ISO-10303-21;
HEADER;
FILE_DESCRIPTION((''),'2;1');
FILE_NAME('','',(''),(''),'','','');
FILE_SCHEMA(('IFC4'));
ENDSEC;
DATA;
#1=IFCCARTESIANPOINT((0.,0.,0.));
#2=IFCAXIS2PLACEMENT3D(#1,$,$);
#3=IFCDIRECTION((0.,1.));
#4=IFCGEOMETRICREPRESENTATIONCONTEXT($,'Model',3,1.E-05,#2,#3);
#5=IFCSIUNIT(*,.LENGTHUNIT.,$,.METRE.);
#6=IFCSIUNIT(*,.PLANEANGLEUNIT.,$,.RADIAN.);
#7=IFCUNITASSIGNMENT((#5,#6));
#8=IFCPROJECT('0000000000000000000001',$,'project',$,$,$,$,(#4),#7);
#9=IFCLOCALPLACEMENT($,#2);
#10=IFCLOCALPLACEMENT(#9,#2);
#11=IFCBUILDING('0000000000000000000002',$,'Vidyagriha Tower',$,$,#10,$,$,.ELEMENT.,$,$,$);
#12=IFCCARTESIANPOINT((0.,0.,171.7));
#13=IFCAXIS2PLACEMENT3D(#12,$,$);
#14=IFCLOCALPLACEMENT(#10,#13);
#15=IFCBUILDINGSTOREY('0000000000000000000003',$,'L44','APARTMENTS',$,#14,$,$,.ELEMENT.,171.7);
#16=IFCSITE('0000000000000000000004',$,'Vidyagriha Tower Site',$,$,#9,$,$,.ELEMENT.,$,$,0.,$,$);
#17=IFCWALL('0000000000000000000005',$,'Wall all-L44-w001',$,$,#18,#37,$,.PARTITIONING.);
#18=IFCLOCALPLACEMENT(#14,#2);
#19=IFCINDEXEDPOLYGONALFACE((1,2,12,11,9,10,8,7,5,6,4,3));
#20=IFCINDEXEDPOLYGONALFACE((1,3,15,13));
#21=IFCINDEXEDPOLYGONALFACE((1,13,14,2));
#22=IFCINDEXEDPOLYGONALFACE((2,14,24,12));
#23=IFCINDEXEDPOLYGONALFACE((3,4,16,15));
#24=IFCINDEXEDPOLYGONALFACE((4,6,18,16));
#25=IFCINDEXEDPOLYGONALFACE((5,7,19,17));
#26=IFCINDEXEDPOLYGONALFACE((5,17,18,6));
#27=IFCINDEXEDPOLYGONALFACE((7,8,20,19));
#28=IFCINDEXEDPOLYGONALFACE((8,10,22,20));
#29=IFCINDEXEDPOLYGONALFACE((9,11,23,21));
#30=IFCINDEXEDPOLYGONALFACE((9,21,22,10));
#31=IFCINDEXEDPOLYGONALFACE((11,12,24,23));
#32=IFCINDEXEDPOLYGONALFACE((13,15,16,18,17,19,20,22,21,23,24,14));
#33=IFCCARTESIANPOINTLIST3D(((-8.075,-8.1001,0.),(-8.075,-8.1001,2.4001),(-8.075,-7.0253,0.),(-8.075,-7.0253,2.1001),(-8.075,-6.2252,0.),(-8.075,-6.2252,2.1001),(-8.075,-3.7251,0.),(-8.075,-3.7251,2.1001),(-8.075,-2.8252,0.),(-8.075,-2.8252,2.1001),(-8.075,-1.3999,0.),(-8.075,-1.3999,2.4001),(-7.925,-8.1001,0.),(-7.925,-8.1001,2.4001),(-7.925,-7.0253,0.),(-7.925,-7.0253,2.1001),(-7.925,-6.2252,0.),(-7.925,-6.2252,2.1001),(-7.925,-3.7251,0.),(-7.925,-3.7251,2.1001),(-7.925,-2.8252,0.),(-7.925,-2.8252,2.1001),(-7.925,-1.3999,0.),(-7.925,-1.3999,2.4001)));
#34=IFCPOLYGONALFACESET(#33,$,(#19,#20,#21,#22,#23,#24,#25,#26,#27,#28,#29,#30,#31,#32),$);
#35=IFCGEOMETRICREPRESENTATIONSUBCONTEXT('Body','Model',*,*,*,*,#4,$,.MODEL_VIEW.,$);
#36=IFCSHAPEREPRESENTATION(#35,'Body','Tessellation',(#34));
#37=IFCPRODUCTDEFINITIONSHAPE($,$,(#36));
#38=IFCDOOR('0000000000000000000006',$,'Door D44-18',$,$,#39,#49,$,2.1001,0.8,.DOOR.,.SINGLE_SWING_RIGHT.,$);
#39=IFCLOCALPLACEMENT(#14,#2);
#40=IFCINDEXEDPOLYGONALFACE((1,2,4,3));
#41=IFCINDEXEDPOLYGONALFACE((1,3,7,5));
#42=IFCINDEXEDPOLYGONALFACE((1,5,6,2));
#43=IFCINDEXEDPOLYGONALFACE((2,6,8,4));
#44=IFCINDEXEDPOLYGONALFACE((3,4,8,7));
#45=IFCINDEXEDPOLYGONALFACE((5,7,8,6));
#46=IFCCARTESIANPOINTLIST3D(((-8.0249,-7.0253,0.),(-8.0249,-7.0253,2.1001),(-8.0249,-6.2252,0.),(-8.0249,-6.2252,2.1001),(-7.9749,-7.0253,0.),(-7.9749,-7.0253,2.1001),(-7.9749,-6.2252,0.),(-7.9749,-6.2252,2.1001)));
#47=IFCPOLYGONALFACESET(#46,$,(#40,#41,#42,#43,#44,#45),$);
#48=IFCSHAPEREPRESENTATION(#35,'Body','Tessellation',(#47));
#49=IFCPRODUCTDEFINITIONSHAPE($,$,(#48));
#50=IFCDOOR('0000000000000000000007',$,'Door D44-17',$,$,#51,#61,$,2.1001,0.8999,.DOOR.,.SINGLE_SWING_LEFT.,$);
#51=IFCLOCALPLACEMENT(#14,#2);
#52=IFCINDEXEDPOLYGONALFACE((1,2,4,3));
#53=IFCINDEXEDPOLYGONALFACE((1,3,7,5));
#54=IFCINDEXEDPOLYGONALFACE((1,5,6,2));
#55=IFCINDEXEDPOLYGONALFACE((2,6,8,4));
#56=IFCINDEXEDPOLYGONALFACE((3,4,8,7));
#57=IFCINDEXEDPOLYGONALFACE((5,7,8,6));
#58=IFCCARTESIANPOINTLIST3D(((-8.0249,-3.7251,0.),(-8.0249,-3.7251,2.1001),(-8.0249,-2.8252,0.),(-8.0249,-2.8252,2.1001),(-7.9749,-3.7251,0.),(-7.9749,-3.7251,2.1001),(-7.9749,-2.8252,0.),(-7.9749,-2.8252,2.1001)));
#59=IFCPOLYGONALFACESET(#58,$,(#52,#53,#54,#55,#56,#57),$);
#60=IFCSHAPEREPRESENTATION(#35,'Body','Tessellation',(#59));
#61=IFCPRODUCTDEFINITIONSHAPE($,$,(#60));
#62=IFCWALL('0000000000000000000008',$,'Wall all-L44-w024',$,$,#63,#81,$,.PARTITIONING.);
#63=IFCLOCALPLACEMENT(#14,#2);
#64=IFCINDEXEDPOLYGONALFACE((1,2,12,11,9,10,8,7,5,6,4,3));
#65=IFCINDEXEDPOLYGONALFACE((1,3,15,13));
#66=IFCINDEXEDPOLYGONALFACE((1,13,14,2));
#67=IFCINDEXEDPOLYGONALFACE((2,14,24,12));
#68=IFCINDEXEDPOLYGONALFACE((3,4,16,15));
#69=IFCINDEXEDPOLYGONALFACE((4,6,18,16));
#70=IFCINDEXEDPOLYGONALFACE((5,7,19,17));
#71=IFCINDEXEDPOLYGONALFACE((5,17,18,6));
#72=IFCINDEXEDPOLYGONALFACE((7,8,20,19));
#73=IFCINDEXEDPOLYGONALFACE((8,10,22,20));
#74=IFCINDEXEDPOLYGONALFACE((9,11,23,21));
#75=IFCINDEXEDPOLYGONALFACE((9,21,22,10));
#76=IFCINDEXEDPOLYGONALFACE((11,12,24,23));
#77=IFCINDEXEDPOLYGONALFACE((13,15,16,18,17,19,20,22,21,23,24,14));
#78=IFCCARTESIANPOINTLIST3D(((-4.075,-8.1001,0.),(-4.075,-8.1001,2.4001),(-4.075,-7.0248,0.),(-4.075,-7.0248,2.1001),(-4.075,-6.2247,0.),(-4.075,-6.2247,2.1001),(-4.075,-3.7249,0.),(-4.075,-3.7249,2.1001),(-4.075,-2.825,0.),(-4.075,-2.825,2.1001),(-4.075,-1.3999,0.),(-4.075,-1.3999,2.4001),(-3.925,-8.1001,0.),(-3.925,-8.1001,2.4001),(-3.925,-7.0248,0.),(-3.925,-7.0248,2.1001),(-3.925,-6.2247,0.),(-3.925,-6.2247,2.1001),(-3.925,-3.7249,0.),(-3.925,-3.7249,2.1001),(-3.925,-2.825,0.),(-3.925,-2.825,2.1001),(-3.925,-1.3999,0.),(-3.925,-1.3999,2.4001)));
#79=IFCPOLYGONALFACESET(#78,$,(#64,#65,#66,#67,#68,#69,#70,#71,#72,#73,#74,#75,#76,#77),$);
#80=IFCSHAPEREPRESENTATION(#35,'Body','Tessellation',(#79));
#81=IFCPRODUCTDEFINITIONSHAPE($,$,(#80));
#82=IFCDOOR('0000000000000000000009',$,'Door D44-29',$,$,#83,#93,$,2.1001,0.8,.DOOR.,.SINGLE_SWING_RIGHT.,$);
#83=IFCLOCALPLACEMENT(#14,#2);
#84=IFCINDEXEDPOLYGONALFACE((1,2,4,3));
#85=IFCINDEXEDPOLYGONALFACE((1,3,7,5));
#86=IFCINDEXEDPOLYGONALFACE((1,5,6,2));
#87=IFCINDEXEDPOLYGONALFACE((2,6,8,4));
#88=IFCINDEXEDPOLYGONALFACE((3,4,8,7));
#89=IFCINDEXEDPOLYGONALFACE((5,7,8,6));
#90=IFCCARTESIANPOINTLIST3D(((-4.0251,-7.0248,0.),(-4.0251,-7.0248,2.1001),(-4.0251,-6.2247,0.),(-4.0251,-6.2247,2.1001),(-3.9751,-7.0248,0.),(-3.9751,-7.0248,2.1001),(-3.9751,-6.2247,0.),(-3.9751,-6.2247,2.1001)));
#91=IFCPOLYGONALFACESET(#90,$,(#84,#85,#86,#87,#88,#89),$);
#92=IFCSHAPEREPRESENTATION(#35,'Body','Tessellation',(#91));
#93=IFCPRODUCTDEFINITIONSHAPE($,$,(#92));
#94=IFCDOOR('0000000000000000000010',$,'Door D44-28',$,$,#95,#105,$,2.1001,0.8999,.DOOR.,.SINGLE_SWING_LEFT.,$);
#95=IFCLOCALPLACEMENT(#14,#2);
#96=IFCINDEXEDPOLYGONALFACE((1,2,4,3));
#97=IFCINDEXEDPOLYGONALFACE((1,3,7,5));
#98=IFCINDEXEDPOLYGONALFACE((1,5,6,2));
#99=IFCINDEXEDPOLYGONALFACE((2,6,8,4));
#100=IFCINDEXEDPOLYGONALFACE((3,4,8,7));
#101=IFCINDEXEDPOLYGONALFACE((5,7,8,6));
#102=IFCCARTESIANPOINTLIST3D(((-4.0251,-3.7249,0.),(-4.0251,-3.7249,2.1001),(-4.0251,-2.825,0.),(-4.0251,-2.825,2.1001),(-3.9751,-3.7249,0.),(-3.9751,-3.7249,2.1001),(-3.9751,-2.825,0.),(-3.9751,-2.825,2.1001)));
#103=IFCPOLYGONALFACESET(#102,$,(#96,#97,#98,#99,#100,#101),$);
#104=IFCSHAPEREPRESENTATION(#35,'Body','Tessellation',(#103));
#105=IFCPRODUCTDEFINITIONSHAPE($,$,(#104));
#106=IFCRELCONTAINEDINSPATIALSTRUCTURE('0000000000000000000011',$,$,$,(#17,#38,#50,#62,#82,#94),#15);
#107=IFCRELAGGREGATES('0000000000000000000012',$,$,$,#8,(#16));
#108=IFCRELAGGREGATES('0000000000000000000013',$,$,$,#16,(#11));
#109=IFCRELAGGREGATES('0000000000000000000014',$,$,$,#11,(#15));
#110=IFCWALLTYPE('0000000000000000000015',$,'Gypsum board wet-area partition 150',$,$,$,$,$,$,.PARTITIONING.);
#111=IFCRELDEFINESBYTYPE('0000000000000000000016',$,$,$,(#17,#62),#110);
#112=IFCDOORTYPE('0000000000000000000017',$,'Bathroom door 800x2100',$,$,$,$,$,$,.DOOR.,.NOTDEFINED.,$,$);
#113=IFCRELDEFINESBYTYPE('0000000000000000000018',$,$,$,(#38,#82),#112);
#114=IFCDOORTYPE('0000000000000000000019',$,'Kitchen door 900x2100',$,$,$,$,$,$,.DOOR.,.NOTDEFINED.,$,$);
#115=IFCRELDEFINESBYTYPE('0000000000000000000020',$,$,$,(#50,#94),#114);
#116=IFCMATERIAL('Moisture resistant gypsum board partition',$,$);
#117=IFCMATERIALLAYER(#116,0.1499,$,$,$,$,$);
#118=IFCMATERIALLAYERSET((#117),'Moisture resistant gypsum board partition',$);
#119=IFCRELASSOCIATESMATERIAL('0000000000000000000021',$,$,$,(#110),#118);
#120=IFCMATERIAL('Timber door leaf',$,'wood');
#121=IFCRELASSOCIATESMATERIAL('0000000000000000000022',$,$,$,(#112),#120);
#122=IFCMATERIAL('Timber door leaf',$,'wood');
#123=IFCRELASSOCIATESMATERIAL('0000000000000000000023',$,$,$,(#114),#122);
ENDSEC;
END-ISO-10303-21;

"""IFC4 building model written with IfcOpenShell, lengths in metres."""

from ifc_helpers import new_model, si_unit, direction, frame, frame_2d, origin, place, context, subcontext, project, spatial, rectangle, extrude, material, layer, layer_set, type_object, element, fill, save


model = new_model("IFC4")

# Units and contexts
model_context = context("Model", 3, precision=1e-05, world=origin(), true_north=direction((0.0, 1.0)))
body_context = subcontext(model_context, "Body", "Model", "MODEL_VIEW")
ifc_project = project(units=[si_unit("LENGTHUNIT", "METRE"), si_unit("PLANEANGLEUNIT", "RADIAN")], contexts=[model_context])

# Site, building, storey
site_placement = place(None, origin())
site = spatial("IfcSite", under=ifc_project, at=site_placement, Name="Vidyagriha Tower Site", CompositionType="ELEMENT", RefElevation=0.0)
building_placement = place(site_placement, origin())
building = spatial("IfcBuilding", under=site, at=building_placement, Name="Vidyagriha Tower", CompositionType="ELEMENT")
storey_placement = place(building_placement, frame((0.0, 0.0, 171.7)))
storey = spatial("IfcBuildingStorey", under=building, at=storey_placement, Name="L44", Description="APARTMENTS", CompositionType="ELEMENT", Elevation=171.7)

# Walls, openings, doors
ifc_material_1 = material(Name="Moisture resistant gypsum board partition")
ifc_layer_1 = layer(ifc_material_1, 0.1499)
ifc_layer_set_1 = layer_set([ifc_layer_1], Name="Moisture resistant gypsum board partition")
wall_type_1 = type_object("IfcWallType", Name="Gypsum board wet-area partition 150", PredefinedType="PARTITIONING", material=ifc_layer_set_1)
wall_1_placement = place(storey_placement, frame((-8.0, -8.1001, 0.0), z_axis=(0.0, 0.0, 1.0), x_axis=(0.0, 1.0, 0.0)))
wall_1 = element("IfcWall", 1, at=wall_1_placement, inside=storey, type_object=wall_type_1, Name="Wall all-L44-w001", PredefinedType="PARTITIONING", context=body_context, shape_type="SweptSolid", body=[
    extrude(rectangle(XDim=6.7002, YDim=0.1499, at=frame_2d((3.3501, 0.0))), origin(), (0.0, 0.0, 1.0), 2.4001),
])
opening_1_placement = place(wall_1_placement, frame((4.375, 0.0, 0.0)))
opening_1 = element("IfcOpeningElement", 2, at=opening_1_placement, cuts=wall_1, PredefinedType="OPENING", context=body_context, shape_type="SweptSolid", body=[
    extrude(rectangle(XDim=0.8999, YDim=2.1001, at=frame_2d((0.45, 1.05))), frame((0.0, 0.085, 0.0), z_axis=(0.0, -1.0, 0.0), x_axis=(1.0, 0.0, 0.0)), (0.0, 0.0, 1.0), 0.1699),
])
opening_2_placement = place(wall_1_placement, frame((1.075, 0.0, 0.0)))
opening_2 = element("IfcOpeningElement", 3, at=opening_2_placement, cuts=wall_1, PredefinedType="OPENING", context=body_context, shape_type="SweptSolid", body=[
    extrude(rectangle(XDim=0.8, YDim=2.1001, at=frame_2d((0.3999, 1.05))), frame((0.0, 0.085, 0.0), z_axis=(0.0, -1.0, 0.0), x_axis=(1.0, 0.0, 0.0)), (0.0, 0.0, 1.0), 0.1699),
])
ifc_material_2 = material(Name="Timber door leaf", Category="wood")
door_type_1 = type_object("IfcDoorType", Name="Bathroom door 800x2100", OperationType="NOTDEFINED", PredefinedType="DOOR", material=ifc_material_2)
door_1_placement = place(opening_2_placement, origin())
door_1 = element("IfcDoor", 4, at=door_1_placement, inside=storey, type_object=door_type_1, Name="Door D44-18", OperationType="SINGLE_SWING_RIGHT", OverallHeight=2.1001, OverallWidth=0.8, PredefinedType="DOOR", context=body_context, shape_type="SweptSolid", body=[
    extrude(rectangle(XDim=0.8, YDim=2.1001, at=frame_2d((0.3999, 1.05))), frame((0.0, 0.0249, 0.0), z_axis=(0.0, -1.0, 0.0), x_axis=(1.0, 0.0, 0.0)), (0.0, 0.0, 1.0), 0.05),
])
fill(opening_2, door_1)
ifc_material_3 = material(Name="Timber door leaf", Category="wood")
door_type_2 = type_object("IfcDoorType", Name="Kitchen door 900x2100", OperationType="NOTDEFINED", PredefinedType="DOOR", material=ifc_material_3)
door_2_placement = place(opening_1_placement, origin())
door_2 = element("IfcDoor", 5, at=door_2_placement, inside=storey, type_object=door_type_2, Name="Door D44-17", OperationType="SINGLE_SWING_LEFT", OverallHeight=2.1001, OverallWidth=0.8999, PredefinedType="DOOR", context=body_context, shape_type="SweptSolid", body=[
    extrude(rectangle(XDim=0.8999, YDim=2.1001, at=frame_2d((0.45, 1.05))), frame((0.0, 0.0249, 0.0), z_axis=(0.0, -1.0, 0.0), x_axis=(1.0, 0.0, 0.0)), (0.0, 0.0, 1.0), 0.05),
])
fill(opening_1, door_2)
wall_2_placement = place(storey_placement, frame((-4.0, -1.3999, 0.0), z_axis=(0.0, 0.0, 1.0), x_axis=(0.0, -1.0, 0.0)))
wall_2 = element("IfcWall", 6, at=wall_2_placement, inside=storey, type_object=wall_type_1, Name="Wall all-L44-w024", PredefinedType="PARTITIONING", context=body_context, shape_type="SweptSolid", body=[
    extrude(rectangle(XDim=6.7002, YDim=0.1499, at=frame_2d((3.3501, 0.0))), origin(), (0.0, 0.0, 1.0), 2.4001),
])
opening_3_placement = place(wall_2_placement, frame((1.425, 0.0, 0.0)))
opening_3 = element("IfcOpeningElement", 7, at=opening_3_placement, cuts=wall_2, PredefinedType="OPENING", context=body_context, shape_type="SweptSolid", body=[
    extrude(rectangle(XDim=0.8999, YDim=2.1001, at=frame_2d((0.45, 1.05))), frame((0.0, 0.085, 0.0), z_axis=(0.0, -1.0, 0.0), x_axis=(1.0, 0.0, 0.0)), (0.0, 0.0, 1.0), 0.1699),
])
opening_4_placement = place(wall_2_placement, frame((4.825, 0.0, 0.0)))
opening_4 = element("IfcOpeningElement", 8, at=opening_4_placement, cuts=wall_2, PredefinedType="OPENING", context=body_context, shape_type="SweptSolid", body=[
    extrude(rectangle(XDim=0.8, YDim=2.1001, at=frame_2d((0.3999, 1.05))), frame((0.0, 0.085, 0.0), z_axis=(0.0, -1.0, 0.0), x_axis=(1.0, 0.0, 0.0)), (0.0, 0.0, 1.0), 0.1699),
])
door_3_placement = place(opening_4_placement, origin())
door_3 = element("IfcDoor", 9, at=door_3_placement, inside=storey, type_object=door_type_1, Name="Door D44-29", OperationType="SINGLE_SWING_RIGHT", OverallHeight=2.1001, OverallWidth=0.8, PredefinedType="DOOR", context=body_context, shape_type="SweptSolid", body=[
    extrude(rectangle(XDim=0.8, YDim=2.1001, at=frame_2d((0.3999, 1.05))), frame((0.0, 0.0249, 0.0), z_axis=(0.0, -1.0, 0.0), x_axis=(1.0, 0.0, 0.0)), (0.0, 0.0, 1.0), 0.05),
])
fill(opening_4, door_3)
door_4_placement = place(opening_3_placement, origin())
door_4 = element("IfcDoor", 10, at=door_4_placement, inside=storey, type_object=door_type_2, Name="Door D44-28", OperationType="SINGLE_SWING_LEFT", OverallHeight=2.1001, OverallWidth=0.8999, PredefinedType="DOOR", context=body_context, shape_type="SweptSolid", body=[
    extrude(rectangle(XDim=0.8999, YDim=2.1001, at=frame_2d((0.45, 1.05))), frame((0.0, 0.0249, 0.0), z_axis=(0.0, -1.0, 0.0), x_axis=(1.0, 0.0, 0.0)), (0.0, 0.0, 1.0), 0.05),
])
fill(opening_3, door_4)

save(model, "model.ifc")
